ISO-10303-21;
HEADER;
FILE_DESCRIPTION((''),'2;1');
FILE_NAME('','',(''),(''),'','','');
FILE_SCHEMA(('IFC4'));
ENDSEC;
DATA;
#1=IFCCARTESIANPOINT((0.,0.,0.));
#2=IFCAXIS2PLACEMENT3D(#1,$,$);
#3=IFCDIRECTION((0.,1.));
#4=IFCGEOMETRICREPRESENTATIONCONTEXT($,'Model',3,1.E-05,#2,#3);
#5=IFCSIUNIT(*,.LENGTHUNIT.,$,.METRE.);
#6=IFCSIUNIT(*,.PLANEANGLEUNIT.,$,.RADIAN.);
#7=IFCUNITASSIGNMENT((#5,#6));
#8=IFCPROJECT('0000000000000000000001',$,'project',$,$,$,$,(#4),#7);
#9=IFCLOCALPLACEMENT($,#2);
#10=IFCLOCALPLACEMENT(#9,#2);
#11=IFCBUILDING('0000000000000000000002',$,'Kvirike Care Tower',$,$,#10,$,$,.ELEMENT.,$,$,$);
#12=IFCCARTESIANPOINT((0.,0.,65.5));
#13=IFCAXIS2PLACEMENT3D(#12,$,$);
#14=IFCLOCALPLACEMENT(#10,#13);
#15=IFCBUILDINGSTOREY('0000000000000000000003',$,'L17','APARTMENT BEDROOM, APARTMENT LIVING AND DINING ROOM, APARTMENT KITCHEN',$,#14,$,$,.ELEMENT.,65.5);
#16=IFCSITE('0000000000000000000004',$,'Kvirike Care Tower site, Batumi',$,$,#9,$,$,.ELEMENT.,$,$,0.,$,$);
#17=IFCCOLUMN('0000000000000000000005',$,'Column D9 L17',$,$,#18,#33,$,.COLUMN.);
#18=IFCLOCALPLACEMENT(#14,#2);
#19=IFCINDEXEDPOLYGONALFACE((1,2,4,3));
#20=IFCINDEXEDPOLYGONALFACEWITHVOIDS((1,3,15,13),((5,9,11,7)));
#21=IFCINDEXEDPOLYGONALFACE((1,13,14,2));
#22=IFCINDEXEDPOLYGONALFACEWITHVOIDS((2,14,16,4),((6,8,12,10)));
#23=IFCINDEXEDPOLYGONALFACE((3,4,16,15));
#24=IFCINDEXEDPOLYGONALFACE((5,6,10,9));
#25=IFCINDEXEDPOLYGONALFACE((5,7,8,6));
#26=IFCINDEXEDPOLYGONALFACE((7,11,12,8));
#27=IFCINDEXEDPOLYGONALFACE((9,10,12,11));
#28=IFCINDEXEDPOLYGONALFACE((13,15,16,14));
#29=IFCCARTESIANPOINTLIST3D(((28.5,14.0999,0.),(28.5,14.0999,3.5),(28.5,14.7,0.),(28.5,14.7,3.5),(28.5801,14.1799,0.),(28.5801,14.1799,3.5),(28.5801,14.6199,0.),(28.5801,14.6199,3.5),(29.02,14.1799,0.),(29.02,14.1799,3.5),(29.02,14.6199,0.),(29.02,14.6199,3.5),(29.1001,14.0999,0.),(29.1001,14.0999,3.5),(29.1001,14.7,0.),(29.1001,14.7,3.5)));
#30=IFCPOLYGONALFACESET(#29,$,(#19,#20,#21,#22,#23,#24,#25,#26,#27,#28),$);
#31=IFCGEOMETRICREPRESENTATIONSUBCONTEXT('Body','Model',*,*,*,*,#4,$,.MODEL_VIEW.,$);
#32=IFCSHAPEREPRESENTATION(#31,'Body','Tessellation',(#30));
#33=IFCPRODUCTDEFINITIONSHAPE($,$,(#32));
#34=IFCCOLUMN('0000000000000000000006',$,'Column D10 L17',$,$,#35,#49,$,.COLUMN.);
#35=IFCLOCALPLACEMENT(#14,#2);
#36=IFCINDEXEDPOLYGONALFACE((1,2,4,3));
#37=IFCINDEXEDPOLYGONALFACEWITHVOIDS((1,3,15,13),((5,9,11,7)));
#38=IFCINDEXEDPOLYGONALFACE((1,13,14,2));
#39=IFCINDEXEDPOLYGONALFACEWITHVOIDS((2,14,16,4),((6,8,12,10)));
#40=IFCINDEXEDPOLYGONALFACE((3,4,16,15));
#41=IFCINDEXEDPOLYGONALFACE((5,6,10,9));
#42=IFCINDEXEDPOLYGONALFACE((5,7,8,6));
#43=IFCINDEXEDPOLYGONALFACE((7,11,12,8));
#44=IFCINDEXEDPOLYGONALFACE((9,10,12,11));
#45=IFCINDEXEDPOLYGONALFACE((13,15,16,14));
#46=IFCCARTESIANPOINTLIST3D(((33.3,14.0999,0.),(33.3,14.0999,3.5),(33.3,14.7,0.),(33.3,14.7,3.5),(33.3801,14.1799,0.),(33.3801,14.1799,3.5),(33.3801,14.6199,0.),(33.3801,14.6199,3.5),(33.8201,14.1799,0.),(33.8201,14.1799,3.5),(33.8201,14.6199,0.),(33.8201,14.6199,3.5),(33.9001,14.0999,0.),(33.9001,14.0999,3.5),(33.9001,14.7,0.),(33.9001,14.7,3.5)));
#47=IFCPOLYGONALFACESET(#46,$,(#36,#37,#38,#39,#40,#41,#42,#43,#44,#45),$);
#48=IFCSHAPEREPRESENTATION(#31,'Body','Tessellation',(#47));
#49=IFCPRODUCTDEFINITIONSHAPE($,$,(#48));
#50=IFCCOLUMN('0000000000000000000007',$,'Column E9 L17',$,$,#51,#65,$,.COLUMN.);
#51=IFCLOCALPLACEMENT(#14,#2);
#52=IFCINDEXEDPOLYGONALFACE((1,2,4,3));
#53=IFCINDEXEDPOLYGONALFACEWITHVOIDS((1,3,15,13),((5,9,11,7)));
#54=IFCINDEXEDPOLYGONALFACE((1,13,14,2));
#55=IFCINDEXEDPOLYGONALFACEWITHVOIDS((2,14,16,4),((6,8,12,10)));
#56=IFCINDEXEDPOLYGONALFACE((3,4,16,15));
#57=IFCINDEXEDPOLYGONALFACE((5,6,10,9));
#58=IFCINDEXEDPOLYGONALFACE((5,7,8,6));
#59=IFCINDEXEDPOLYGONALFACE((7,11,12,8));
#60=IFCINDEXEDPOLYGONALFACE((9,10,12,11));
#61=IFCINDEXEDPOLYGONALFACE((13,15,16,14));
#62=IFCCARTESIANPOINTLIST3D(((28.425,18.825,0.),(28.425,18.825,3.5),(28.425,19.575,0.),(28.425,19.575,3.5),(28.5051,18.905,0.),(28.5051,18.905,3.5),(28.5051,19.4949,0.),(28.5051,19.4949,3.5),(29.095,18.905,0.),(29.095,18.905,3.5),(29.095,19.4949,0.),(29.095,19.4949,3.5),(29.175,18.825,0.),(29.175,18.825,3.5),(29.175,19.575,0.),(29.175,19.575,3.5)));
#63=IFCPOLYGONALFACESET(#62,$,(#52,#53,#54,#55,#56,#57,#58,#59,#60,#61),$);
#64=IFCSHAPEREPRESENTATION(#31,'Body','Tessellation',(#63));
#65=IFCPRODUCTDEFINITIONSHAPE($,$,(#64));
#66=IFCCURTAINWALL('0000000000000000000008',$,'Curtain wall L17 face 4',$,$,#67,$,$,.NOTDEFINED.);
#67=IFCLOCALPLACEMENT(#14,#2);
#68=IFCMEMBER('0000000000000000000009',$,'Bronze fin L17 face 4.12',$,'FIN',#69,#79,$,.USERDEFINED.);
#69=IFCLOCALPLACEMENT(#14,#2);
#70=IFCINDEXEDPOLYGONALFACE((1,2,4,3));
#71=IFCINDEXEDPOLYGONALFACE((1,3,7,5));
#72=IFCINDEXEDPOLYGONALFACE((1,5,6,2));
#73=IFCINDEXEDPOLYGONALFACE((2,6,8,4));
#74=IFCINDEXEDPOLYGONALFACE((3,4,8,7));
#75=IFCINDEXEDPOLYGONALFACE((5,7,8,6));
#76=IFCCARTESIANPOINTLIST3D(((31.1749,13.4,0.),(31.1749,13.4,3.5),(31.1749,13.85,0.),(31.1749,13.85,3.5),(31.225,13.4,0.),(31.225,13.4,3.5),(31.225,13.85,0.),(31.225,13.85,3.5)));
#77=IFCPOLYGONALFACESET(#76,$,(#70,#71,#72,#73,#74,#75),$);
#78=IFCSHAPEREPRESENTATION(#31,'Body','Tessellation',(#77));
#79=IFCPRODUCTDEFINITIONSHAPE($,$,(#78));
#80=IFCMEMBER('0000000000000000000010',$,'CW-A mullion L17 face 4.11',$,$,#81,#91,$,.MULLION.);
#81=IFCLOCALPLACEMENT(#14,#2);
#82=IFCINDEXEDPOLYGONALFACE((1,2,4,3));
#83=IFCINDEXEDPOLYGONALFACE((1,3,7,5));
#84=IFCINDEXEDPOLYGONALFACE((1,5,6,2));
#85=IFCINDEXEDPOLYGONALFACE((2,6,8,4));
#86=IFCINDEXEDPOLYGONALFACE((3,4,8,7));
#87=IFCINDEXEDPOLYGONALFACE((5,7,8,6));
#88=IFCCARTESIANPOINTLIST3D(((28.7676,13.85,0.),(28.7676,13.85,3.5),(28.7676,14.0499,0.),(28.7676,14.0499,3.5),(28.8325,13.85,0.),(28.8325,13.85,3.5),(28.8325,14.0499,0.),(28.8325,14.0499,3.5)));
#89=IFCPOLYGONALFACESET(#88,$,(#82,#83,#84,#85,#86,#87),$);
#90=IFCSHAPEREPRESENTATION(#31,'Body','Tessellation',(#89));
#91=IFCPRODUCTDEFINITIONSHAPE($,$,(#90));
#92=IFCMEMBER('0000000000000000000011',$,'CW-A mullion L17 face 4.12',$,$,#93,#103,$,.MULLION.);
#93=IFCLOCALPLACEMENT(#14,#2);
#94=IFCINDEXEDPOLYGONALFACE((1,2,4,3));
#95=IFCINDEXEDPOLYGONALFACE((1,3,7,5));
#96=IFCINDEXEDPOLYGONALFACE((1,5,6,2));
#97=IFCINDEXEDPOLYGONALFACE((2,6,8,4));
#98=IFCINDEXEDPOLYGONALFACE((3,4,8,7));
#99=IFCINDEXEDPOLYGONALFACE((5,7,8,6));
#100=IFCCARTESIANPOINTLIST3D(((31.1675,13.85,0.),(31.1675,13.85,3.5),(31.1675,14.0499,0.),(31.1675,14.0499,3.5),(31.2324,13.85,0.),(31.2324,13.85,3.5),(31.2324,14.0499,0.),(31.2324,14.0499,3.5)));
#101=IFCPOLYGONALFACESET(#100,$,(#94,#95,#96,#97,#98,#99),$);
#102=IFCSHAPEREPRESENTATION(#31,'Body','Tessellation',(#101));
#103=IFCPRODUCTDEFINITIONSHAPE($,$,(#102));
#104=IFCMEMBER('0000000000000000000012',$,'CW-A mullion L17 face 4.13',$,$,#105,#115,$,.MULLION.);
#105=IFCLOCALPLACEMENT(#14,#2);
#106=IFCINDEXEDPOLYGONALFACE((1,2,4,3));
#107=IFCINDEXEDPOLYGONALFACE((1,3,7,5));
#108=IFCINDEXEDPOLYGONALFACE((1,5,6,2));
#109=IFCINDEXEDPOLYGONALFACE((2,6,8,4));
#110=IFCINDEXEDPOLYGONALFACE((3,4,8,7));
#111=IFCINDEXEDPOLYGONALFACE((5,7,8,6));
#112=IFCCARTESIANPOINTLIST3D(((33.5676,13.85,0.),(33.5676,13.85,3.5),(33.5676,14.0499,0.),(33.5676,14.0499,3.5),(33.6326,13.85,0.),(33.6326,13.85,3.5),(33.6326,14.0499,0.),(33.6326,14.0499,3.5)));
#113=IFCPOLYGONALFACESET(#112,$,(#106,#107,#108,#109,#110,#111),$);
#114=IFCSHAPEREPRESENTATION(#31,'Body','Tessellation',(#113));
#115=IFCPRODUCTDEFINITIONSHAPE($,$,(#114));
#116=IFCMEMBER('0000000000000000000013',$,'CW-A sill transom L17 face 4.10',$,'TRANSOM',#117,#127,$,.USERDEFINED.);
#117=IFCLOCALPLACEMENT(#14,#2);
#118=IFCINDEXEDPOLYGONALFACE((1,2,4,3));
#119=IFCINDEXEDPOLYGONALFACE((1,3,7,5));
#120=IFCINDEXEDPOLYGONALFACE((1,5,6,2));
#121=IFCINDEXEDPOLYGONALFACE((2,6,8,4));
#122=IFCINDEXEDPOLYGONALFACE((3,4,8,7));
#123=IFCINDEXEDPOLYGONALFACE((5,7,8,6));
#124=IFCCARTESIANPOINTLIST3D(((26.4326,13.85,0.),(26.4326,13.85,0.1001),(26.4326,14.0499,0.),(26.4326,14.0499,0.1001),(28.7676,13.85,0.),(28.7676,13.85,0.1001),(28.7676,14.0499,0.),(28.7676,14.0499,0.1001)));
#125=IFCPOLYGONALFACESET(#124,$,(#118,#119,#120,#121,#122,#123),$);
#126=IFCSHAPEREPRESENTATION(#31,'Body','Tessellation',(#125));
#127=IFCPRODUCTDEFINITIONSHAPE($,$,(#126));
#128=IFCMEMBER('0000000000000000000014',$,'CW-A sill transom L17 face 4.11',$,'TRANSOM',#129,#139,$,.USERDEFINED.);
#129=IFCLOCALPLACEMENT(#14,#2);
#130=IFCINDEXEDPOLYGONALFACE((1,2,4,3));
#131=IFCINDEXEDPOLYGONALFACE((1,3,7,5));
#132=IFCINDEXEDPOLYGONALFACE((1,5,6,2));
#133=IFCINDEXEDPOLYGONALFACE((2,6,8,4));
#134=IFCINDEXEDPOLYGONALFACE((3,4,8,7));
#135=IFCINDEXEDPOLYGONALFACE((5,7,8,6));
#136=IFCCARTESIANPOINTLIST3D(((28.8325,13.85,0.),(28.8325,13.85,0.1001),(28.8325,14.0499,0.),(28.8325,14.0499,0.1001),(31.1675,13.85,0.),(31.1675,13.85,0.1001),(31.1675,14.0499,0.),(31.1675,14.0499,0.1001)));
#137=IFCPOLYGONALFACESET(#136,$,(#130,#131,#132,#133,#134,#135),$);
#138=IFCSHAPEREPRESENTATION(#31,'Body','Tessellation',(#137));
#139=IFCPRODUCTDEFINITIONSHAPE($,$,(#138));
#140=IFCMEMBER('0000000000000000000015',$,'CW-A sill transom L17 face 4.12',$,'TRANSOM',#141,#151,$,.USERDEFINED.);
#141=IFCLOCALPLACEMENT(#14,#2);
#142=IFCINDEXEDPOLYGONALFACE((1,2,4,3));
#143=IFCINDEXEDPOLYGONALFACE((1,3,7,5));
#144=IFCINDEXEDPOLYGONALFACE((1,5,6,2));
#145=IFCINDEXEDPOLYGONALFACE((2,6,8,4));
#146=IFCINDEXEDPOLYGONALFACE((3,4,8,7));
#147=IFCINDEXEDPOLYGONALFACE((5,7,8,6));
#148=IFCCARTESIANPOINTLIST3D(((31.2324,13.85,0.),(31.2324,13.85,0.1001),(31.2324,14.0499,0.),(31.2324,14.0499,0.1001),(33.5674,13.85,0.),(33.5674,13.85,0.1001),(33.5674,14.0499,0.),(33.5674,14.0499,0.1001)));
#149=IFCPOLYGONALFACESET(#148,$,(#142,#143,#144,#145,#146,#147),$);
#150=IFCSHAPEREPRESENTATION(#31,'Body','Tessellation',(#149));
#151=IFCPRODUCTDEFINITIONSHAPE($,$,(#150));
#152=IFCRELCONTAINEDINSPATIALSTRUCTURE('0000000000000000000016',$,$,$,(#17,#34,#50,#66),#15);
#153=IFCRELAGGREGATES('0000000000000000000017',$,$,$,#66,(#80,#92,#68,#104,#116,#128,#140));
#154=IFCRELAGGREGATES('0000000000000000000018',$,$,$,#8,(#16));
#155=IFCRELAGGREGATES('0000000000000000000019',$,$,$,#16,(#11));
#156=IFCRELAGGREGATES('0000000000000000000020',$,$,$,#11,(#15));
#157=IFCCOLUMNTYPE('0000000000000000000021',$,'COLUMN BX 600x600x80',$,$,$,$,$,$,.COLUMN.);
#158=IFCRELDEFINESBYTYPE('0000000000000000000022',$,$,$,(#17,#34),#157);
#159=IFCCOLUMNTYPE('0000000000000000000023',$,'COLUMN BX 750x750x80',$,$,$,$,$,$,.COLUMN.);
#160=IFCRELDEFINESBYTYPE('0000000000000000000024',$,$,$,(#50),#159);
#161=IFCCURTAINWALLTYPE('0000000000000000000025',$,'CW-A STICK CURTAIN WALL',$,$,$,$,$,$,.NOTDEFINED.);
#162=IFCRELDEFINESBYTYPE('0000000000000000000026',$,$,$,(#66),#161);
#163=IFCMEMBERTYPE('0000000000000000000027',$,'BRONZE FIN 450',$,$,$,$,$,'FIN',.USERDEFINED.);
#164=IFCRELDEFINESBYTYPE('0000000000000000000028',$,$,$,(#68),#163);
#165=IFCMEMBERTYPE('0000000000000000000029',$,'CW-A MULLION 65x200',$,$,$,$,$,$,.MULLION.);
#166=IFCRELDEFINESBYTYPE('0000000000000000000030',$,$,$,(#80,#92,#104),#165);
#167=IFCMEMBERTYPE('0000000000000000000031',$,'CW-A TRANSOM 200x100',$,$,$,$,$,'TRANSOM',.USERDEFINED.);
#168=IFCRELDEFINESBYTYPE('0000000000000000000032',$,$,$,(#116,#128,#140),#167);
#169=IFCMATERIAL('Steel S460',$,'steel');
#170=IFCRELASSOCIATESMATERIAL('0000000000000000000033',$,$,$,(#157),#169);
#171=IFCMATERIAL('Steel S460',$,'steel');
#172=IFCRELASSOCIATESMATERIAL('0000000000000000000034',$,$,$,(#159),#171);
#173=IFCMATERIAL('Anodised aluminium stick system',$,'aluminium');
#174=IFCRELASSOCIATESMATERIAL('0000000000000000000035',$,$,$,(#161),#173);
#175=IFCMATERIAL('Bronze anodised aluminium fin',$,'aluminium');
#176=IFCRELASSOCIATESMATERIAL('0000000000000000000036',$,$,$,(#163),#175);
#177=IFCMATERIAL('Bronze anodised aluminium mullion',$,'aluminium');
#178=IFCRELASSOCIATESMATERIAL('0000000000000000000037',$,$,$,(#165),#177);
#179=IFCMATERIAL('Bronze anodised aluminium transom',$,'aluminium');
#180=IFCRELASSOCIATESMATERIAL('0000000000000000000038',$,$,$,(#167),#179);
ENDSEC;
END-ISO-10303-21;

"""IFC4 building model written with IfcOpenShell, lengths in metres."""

from ifc_helpers import new_model, si_unit, direction, frame, origin, origin_2d, place, context, subcontext, project, spatial, rectangle, hollow_rectangle, extrude, material, material_profile, profile_set, type_object, element, aggregate, save


model = new_model("IFC4")

# Units and contexts
model_context = context("Model", 3, precision=1e-05, world=origin(), true_north=direction((0.0, 1.0)))
body_context = subcontext(model_context, "Body", "Model", "MODEL_VIEW")
ifc_project = project(units=[si_unit("LENGTHUNIT", "METRE"), si_unit("PLANEANGLEUNIT", "RADIAN")], contexts=[model_context])

# Site, building, storey
site_placement = place(None, origin())
site = spatial("IfcSite", under=ifc_project, at=site_placement, Name="Kvirike Care Tower site, Batumi", CompositionType="ELEMENT", RefElevation=0.0)
building_placement = place(site_placement, origin())
building = spatial("IfcBuilding", under=site, at=building_placement, Name="Kvirike Care Tower", CompositionType="ELEMENT")
storey_placement = place(building_placement, frame((0.0, 0.0, 65.5)))
storey = spatial("IfcBuildingStorey", under=building, at=storey_placement, Name="L17", Description="APARTMENT BEDROOM, APARTMENT LIVING AND DINING ROOM, APARTMENT KITCHEN", CompositionType="ELEMENT", Elevation=65.5)

# Columns
ifc_material_1 = material(Name="Steel S460", Category="steel")
ifc_material_profile_1 = material_profile(ifc_material_1, hollow_rectangle(XDim=0.6001, YDim=0.6001, WallThickness=0.0801, at=origin_2d()), Name="BX 600x600x80")
ifc_profile_set_1 = profile_set([ifc_material_profile_1], Name="Steel S460")
column_type_1 = type_object("IfcColumnType", Name="COLUMN BX 600x600x80", PredefinedType="COLUMN", material=ifc_profile_set_1)
for number, where, z_axis, x_axis, name in (
    (1, (28.8, 14.3999, 0.0), (0.0, 0.0, 1.0), (0.0, 1.0, 0.0), "Column D9 L17"),
    (2, (33.6001, 14.3999, 0.0), (0.0, 0.0, 1.0), (0.0, 1.0, 0.0), "Column D10 L17"),
):
    element("IfcColumn", number, at=place(storey_placement, frame(where, z_axis=z_axis, x_axis=x_axis)), inside=storey, type_object=column_type_1, Name=name, PredefinedType="COLUMN", context=body_context, shape_type="SweptSolid", body=[
        extrude(hollow_rectangle(XDim=0.6001, YDim=0.6001, WallThickness=0.0801, at=origin_2d()), origin(), (0.0, 0.0, 1.0), 3.5),
    ])
ifc_material_2 = material(Name="Steel S460", Category="steel")
ifc_material_profile_2 = material_profile(ifc_material_2, hollow_rectangle(XDim=0.75, YDim=0.75, WallThickness=0.0801, at=origin_2d()), Name="BX 750x750x80")
ifc_profile_set_2 = profile_set([ifc_material_profile_2], Name="Steel S460")
column_type_2 = type_object("IfcColumnType", Name="COLUMN BX 750x750x80", PredefinedType="COLUMN", material=ifc_profile_set_2)
column_placement = place(storey_placement, frame((28.8, 19.2, 0.0), z_axis=(0.0, 0.0, 1.0), x_axis=(1.0, 0.0, 0.0)))
element("IfcColumn", 3, at=column_placement, inside=storey, type_object=column_type_2, Name="Column E9 L17", PredefinedType="COLUMN", context=body_context, shape_type="SweptSolid", body=[
    extrude(hollow_rectangle(XDim=0.75, YDim=0.75, WallThickness=0.0801, at=origin_2d()), origin(), (0.0, 0.0, 1.0), 3.5),
])

# Curtain wall, members
ifc_material_3 = material(Name="Anodised aluminium stick system", Category="aluminium")
curtain_wall_type = type_object("IfcCurtainWallType", Name="CW-A STICK CURTAIN WALL", PredefinedType="NOTDEFINED", material=ifc_material_3)
curtain_wall_placement = place(storey_placement, origin())
curtain_wall = element("IfcCurtainWall", 4, at=curtain_wall_placement, inside=storey, type_object=curtain_wall_type, Name="Curtain wall L17 face 4", PredefinedType="NOTDEFINED")
ifc_material_4 = material(Name="Bronze anodised aluminium fin", Category="aluminium")
ifc_material_profile_3 = material_profile(ifc_material_4, rectangle(XDim=0.05, YDim=0.45, at=origin_2d()), Name="BRONZE FIN 450")
ifc_profile_set_3 = profile_set([ifc_material_profile_3], Name="Bronze anodised aluminium fin")
member_type_1 = type_object("IfcMemberType", Name="BRONZE FIN 450", ElementType="FIN", PredefinedType="USERDEFINED", material=ifc_profile_set_3)
member_1_placement = place(storey_placement, frame((31.2, 13.625, 0.0), z_axis=(0.0, 0.0, 1.0), x_axis=(1.0, 0.0, 0.0)))
member_1 = element("IfcMember", 5, at=member_1_placement, type_object=member_type_1, Name="Bronze fin L17 face 4.12", ObjectType="FIN", PredefinedType="USERDEFINED", context=body_context, shape_type="SweptSolid", body=[
    extrude(rectangle(XDim=0.05, YDim=0.45, at=origin_2d()), origin(), (0.0, 0.0, 1.0), 3.5),
])
ifc_material_5 = material(Name="Bronze anodised aluminium mullion", Category="aluminium")
ifc_material_profile_4 = material_profile(ifc_material_5, rectangle(XDim=0.0649, YDim=0.2, at=origin_2d()), Name="CW-A MULLION 65x200")
ifc_profile_set_4 = profile_set([ifc_material_profile_4], Name="Bronze anodised aluminium mullion")
member_type_2 = type_object("IfcMemberType", Name="CW-A MULLION 65x200", PredefinedType="MULLION", material=ifc_profile_set_4)
member_2_placement = place(storey_placement, frame((28.8, 13.95, 0.0), z_axis=(0.0, 0.0, 1.0), x_axis=(1.0, 0.0, 0.0)))
member_2 = element("IfcMember", 6, at=member_2_placement, type_object=member_type_2, Name="CW-A mullion L17 face 4.11", PredefinedType="MULLION", context=body_context, shape_type="SweptSolid", body=[
    extrude(rectangle(XDim=0.0649, YDim=0.2, at=origin_2d()), origin(), (0.0, 0.0, 1.0), 3.5),
])
member_3_placement = place(storey_placement, frame((31.2, 13.95, 0.0), z_axis=(0.0, 0.0, 1.0), x_axis=(1.0, 0.0, 0.0)))
member_3 = element("IfcMember", 7, at=member_3_placement, type_object=member_type_2, Name="CW-A mullion L17 face 4.12", PredefinedType="MULLION", context=body_context, shape_type="SweptSolid", body=[
    extrude(rectangle(XDim=0.0649, YDim=0.2, at=origin_2d()), origin(), (0.0, 0.0, 1.0), 3.5),
])
member_4_placement = place(storey_placement, frame((33.6001, 13.95, 0.0), z_axis=(0.0, 0.0, 1.0), x_axis=(1.0, 0.0, 0.0)))
member_4 = element("IfcMember", 8, at=member_4_placement, type_object=member_type_2, Name="CW-A mullion L17 face 4.13", PredefinedType="MULLION", context=body_context, shape_type="SweptSolid", body=[
    extrude(rectangle(XDim=0.0649, YDim=0.2, at=origin_2d()), origin(), (0.0, 0.0, 1.0), 3.5),
])
ifc_material_6 = material(Name="Bronze anodised aluminium transom", Category="aluminium")
ifc_material_profile_5 = material_profile(ifc_material_6, rectangle(XDim=0.2, YDim=0.1001, at=origin_2d()), Name="CW-A TRANSOM 200x100")
ifc_profile_set_5 = profile_set([ifc_material_profile_5], Name="Bronze anodised aluminium transom")
member_type_3 = type_object("IfcMemberType", Name="CW-A TRANSOM 200x100", ElementType="TRANSOM", PredefinedType="USERDEFINED", material=ifc_profile_set_5)
member_5_placement = place(storey_placement, frame((26.4326, 13.95, 0.05), z_axis=(1.0, 0.0, 0.0), x_axis=(0.0, 1.0, 0.0)))
member_5 = element("IfcMember", 9, at=member_5_placement, type_object=member_type_3, Name="CW-A sill transom L17 face 4.10", ObjectType="TRANSOM", PredefinedType="USERDEFINED", context=body_context, shape_type="SweptSolid", body=[
    extrude(rectangle(XDim=0.2, YDim=0.1001, at=origin_2d()), origin(), (0.0, 0.0, 1.0), 2.335),
])
member_6_placement = place(storey_placement, frame((28.8325, 13.95, 0.05), z_axis=(1.0, 0.0, 0.0), x_axis=(0.0, 1.0, 0.0)))
member_6 = element("IfcMember", 10, at=member_6_placement, type_object=member_type_3, Name="CW-A sill transom L17 face 4.11", ObjectType="TRANSOM", PredefinedType="USERDEFINED", context=body_context, shape_type="SweptSolid", body=[
    extrude(rectangle(XDim=0.2, YDim=0.1001, at=origin_2d()), origin(), (0.0, 0.0, 1.0), 2.335),
])
member_7_placement = place(storey_placement, frame((31.2324, 13.95, 0.05), z_axis=(1.0, 0.0, 0.0), x_axis=(0.0, 1.0, 0.0)))
member_7 = element("IfcMember", 11, at=member_7_placement, type_object=member_type_3, Name="CW-A sill transom L17 face 4.12", ObjectType="TRANSOM", PredefinedType="USERDEFINED", context=body_context, shape_type="SweptSolid", body=[
    extrude(rectangle(XDim=0.2, YDim=0.1001, at=origin_2d()), origin(), (0.0, 0.0, 1.0), 2.335),
])

aggregate(curtain_wall, [member_2, member_3, member_1, member_4, member_5, member_6, member_7])

save(model, "model.ifc")
